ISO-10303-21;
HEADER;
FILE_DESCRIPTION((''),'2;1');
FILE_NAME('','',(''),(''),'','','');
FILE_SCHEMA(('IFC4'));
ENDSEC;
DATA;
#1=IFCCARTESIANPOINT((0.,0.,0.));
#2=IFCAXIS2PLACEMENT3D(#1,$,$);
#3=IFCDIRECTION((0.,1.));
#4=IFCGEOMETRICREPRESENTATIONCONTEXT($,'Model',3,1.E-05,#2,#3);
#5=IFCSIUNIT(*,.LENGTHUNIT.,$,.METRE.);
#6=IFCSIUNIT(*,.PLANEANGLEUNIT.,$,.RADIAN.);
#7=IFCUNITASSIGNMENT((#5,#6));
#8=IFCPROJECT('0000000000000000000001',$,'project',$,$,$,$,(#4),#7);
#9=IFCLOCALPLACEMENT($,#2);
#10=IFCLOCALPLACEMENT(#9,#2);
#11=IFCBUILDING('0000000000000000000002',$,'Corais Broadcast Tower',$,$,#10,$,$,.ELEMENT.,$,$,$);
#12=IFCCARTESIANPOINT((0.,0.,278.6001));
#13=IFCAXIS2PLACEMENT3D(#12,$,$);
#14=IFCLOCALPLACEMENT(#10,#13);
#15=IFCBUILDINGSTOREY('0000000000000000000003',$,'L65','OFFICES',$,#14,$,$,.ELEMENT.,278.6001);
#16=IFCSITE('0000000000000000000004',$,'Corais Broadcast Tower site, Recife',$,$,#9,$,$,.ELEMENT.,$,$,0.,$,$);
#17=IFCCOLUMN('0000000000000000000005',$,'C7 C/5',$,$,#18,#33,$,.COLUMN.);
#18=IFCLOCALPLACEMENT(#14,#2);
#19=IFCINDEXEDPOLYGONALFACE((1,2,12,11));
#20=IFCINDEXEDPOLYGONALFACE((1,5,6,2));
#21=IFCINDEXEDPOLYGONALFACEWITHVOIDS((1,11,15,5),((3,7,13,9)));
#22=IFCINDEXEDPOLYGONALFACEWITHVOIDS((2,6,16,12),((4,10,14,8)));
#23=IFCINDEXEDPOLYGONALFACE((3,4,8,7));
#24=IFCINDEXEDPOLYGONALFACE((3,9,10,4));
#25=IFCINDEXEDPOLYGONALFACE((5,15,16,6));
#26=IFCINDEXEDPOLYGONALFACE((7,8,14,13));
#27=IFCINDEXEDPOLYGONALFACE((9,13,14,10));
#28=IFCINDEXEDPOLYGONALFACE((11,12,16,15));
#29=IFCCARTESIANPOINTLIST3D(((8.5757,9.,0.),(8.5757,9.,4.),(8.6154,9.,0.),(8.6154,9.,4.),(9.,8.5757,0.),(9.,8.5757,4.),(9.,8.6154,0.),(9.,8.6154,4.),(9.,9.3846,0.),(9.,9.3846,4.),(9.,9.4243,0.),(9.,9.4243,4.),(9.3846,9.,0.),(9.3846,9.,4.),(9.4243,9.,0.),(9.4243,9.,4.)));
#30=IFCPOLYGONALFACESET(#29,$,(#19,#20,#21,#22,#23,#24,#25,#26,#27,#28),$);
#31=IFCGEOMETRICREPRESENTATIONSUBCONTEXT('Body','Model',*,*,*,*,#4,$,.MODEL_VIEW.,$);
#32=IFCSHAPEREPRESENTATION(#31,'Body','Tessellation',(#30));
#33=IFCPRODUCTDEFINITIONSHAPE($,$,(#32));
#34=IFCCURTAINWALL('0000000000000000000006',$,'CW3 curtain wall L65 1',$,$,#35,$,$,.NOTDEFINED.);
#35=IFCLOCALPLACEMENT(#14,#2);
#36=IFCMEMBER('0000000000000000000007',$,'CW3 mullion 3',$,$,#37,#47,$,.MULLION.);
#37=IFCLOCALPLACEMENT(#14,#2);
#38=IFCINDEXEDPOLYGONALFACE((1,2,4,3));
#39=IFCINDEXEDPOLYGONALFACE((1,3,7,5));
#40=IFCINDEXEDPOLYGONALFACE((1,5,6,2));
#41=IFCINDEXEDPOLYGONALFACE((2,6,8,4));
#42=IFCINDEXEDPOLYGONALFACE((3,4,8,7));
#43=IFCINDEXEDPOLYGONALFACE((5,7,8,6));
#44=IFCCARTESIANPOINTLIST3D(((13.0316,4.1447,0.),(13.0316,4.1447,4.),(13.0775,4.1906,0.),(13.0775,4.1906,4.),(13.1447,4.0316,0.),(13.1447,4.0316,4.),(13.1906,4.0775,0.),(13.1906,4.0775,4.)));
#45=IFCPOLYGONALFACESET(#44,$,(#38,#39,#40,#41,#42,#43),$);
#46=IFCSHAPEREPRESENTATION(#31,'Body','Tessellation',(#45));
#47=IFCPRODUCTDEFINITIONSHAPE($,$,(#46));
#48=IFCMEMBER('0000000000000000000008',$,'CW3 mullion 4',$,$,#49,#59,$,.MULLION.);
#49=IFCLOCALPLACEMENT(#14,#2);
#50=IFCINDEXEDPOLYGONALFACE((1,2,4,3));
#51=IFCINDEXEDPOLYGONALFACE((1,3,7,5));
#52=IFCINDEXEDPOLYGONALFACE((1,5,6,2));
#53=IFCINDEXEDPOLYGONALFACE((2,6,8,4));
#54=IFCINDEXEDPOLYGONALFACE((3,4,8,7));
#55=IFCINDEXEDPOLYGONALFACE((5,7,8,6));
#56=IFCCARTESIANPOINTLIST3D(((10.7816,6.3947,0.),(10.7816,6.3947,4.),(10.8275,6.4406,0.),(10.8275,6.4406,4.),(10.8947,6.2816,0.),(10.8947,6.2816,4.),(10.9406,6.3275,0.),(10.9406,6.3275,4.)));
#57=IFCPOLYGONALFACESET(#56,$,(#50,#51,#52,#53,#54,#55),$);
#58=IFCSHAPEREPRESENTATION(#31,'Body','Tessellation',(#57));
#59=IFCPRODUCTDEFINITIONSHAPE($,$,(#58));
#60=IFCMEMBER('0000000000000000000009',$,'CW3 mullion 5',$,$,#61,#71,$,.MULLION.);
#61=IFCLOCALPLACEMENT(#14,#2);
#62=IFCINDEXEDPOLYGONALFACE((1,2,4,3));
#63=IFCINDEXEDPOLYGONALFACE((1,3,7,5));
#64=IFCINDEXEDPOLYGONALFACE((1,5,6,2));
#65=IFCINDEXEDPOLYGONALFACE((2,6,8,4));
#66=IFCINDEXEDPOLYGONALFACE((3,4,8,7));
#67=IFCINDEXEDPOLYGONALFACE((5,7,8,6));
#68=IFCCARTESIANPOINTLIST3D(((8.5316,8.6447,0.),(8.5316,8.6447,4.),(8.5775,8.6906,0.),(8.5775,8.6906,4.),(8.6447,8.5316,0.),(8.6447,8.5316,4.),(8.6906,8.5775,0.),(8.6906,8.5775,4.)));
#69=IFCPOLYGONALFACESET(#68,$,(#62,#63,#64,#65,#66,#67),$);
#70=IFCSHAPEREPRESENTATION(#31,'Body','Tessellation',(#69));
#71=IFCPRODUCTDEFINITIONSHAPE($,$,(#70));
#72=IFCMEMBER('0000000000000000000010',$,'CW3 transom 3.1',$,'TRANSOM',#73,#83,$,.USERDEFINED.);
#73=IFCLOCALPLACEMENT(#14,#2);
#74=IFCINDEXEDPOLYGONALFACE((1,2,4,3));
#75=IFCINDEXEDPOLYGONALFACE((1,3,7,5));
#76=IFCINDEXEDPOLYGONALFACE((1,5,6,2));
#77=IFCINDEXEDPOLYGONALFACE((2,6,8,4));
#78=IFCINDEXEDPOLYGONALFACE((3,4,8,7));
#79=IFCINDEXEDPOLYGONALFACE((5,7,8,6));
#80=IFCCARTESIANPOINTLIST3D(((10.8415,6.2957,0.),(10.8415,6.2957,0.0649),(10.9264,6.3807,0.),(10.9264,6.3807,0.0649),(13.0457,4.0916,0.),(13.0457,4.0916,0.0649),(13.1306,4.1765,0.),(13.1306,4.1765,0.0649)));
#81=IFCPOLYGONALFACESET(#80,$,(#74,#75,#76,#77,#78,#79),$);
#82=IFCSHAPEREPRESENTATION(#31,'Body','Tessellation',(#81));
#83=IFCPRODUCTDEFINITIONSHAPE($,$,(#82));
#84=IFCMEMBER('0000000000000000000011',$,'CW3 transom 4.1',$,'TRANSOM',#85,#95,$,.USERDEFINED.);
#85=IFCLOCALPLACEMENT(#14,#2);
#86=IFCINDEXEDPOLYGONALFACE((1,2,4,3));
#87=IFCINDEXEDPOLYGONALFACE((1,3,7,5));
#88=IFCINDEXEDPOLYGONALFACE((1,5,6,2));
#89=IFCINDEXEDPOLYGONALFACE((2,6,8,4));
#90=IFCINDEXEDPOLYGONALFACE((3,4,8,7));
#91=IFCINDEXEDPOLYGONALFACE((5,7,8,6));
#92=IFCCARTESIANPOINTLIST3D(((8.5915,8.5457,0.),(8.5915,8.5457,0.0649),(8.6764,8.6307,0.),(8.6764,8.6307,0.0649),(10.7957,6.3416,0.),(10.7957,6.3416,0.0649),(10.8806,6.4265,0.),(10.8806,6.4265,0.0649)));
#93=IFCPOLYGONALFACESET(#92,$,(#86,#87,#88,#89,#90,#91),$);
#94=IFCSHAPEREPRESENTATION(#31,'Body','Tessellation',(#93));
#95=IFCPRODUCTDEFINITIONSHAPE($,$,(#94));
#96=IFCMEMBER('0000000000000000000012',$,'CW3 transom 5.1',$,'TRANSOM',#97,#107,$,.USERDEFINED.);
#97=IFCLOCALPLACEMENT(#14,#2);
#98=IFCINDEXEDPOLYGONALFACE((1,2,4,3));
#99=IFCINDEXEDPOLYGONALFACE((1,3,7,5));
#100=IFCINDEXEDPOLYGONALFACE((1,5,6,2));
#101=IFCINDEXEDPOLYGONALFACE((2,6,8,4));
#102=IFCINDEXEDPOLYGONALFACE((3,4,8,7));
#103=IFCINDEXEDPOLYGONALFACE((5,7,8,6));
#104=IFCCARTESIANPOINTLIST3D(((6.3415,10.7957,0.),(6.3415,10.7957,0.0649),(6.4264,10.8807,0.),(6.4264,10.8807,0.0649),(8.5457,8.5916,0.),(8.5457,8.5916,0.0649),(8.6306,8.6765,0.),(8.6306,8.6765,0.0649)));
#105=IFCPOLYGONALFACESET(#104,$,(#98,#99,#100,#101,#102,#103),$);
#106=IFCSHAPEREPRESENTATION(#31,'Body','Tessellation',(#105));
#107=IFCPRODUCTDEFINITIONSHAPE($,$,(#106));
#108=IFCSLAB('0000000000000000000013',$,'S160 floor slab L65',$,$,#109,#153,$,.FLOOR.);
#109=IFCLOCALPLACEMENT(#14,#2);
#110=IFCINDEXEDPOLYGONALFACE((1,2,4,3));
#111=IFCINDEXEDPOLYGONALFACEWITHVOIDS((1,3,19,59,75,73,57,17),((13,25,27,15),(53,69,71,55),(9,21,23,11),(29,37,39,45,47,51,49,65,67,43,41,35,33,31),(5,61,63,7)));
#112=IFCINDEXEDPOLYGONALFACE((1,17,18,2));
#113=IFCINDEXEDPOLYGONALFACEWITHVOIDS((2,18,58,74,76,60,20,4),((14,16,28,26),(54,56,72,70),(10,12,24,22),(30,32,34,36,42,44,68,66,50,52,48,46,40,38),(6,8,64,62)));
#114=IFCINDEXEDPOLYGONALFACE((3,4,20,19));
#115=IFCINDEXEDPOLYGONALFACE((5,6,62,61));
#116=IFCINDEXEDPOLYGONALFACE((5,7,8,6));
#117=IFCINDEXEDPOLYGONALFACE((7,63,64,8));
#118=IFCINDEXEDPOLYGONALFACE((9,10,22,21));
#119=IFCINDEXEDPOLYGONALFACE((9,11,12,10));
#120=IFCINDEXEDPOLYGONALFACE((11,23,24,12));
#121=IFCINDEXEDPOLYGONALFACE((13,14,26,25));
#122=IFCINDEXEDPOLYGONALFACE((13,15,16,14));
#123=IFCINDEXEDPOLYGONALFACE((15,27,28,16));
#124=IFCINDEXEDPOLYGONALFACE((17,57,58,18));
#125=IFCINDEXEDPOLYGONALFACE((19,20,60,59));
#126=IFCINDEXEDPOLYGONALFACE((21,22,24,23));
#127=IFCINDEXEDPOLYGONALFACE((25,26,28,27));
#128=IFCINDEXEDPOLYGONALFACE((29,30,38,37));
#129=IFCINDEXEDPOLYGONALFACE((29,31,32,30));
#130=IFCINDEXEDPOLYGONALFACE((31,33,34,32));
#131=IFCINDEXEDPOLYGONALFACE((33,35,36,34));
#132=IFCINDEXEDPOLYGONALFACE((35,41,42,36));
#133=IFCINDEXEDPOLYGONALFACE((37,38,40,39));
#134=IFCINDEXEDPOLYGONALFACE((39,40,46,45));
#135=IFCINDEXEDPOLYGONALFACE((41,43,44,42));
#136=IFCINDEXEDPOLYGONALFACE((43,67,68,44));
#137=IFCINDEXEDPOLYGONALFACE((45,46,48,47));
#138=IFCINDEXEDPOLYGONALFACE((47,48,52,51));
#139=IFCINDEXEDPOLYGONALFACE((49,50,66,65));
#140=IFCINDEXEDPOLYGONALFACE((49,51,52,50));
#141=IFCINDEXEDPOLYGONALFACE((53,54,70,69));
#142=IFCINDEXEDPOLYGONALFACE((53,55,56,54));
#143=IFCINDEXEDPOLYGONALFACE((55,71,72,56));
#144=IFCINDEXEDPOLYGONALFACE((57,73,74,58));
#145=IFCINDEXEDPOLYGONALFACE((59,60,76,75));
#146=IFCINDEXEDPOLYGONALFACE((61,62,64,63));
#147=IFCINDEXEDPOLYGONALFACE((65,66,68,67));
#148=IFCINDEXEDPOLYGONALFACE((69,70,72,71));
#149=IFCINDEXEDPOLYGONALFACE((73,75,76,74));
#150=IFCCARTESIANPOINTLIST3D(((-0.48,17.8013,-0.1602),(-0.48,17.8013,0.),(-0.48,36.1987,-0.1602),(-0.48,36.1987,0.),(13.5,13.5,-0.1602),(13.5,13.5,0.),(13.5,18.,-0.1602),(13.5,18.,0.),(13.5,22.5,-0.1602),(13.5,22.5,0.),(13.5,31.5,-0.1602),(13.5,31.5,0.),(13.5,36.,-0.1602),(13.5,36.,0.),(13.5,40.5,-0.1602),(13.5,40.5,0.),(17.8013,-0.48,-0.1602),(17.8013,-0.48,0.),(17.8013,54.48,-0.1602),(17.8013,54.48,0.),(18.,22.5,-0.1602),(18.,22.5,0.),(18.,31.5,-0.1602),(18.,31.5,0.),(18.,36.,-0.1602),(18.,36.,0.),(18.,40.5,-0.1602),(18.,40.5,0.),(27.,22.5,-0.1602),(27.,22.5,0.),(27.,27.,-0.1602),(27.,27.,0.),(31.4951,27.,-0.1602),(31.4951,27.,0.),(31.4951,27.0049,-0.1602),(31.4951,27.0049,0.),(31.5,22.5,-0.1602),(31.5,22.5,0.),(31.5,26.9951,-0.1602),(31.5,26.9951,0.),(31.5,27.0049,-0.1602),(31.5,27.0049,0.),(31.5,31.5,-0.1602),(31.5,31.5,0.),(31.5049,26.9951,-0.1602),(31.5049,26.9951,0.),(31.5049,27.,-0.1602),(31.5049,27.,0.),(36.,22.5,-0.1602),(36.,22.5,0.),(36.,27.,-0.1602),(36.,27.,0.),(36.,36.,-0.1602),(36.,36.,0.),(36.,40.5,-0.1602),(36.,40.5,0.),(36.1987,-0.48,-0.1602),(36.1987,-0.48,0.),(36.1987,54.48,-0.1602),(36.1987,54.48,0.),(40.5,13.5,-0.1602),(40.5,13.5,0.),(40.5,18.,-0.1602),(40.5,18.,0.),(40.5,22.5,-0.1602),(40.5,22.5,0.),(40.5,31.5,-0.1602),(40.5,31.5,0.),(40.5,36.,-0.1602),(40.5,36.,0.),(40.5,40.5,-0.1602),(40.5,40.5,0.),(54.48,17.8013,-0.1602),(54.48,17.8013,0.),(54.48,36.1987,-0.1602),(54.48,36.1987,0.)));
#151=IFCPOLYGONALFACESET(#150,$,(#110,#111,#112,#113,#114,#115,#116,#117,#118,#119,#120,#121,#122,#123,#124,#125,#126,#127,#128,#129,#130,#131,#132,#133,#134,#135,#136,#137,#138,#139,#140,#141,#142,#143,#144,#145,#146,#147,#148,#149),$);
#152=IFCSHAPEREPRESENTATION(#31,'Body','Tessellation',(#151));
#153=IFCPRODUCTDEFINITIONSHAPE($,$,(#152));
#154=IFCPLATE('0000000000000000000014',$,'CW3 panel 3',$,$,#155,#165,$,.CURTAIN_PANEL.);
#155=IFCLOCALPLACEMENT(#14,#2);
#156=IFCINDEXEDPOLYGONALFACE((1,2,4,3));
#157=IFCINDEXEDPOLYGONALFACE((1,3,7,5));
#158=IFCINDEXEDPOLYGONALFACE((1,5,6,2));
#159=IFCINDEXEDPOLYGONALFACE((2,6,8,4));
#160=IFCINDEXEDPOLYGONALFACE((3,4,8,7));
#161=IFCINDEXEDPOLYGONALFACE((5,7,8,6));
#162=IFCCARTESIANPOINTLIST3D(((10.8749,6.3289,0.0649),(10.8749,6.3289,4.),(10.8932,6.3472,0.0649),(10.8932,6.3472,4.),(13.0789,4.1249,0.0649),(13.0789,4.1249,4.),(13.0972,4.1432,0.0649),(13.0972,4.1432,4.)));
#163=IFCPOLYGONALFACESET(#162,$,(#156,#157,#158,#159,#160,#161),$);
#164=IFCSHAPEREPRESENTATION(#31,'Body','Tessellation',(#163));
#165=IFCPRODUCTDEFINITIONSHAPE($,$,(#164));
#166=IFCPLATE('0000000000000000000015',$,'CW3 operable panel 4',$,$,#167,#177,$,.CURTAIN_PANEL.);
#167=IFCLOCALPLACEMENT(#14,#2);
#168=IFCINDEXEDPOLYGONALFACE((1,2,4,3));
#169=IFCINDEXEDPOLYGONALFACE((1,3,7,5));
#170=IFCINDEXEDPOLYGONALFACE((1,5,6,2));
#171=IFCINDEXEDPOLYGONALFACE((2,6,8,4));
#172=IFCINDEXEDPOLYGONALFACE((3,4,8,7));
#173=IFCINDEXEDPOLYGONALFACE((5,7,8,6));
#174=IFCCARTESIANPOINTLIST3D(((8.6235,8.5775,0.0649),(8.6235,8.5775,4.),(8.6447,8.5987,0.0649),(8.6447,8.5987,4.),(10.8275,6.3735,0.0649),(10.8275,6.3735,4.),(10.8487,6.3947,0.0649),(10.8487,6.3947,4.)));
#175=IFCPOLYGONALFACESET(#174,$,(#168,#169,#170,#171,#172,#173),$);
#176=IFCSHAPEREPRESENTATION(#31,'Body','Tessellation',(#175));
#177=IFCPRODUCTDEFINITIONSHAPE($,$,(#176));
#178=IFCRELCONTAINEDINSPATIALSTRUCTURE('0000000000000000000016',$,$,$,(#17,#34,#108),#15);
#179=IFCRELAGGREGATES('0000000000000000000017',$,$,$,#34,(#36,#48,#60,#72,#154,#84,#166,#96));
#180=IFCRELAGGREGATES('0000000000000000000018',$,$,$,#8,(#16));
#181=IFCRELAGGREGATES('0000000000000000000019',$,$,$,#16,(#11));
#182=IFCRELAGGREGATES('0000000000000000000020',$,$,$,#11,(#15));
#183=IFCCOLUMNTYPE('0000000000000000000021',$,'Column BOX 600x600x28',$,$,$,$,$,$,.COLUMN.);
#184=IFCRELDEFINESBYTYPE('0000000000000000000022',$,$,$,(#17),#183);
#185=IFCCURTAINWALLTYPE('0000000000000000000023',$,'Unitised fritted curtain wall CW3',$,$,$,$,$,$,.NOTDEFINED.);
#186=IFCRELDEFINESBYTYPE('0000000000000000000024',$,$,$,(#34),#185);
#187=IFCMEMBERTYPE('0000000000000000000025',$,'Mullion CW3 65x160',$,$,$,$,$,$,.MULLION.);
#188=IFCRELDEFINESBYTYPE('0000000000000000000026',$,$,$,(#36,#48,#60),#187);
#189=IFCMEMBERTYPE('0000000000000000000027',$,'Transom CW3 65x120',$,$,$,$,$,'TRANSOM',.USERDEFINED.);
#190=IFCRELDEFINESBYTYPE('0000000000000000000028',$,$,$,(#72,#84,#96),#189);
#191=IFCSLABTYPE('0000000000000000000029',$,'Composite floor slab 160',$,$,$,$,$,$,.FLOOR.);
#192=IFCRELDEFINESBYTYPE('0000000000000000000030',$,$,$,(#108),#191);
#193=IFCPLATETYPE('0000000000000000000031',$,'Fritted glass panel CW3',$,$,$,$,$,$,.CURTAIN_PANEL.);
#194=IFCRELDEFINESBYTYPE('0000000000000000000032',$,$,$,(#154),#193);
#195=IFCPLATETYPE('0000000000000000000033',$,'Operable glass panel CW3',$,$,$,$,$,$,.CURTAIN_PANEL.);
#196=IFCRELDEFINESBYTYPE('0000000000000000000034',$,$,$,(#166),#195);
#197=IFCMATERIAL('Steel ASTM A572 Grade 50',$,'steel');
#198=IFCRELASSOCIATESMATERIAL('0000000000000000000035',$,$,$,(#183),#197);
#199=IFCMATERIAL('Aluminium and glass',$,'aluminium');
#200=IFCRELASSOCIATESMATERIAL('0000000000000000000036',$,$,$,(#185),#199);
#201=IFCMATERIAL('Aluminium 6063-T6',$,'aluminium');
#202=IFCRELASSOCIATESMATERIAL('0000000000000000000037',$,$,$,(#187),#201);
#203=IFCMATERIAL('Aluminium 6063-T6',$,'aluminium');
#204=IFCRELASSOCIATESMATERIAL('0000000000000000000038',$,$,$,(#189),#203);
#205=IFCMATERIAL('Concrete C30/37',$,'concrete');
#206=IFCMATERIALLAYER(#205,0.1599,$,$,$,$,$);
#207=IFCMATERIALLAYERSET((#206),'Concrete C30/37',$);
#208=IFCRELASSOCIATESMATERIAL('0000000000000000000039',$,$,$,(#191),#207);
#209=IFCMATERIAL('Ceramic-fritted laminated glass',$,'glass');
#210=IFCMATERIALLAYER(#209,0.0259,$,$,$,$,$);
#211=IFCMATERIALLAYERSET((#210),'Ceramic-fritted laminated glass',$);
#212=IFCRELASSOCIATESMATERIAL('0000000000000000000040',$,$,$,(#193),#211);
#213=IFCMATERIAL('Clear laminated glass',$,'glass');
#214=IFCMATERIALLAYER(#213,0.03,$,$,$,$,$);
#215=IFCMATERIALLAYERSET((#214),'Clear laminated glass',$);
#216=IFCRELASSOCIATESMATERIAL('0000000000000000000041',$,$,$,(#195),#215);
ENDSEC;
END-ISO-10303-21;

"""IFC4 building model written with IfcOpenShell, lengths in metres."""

from ifc_helpers import new_model, si_unit, direction, frame, origin, origin_2d, place, context, subcontext, project, spatial, polyline, rectangle, hollow_rectangle, outline, extrude, material, layer, layer_set, material_profile, profile_set, type_object, element, aggregate, save


model = new_model("IFC4")

# Units and contexts
model_context = context("Model", 3, precision=1e-05, world=origin(), true_north=direction((0.0, 1.0)))
body_context = subcontext(model_context, "Body", "Model", "MODEL_VIEW")
ifc_project = project(units=[si_unit("LENGTHUNIT", "METRE"), si_unit("PLANEANGLEUNIT", "RADIAN")], contexts=[model_context])

# Site, building, storey
site_placement = place(None, origin())
site = spatial("IfcSite", under=ifc_project, at=site_placement, Name="Corais Broadcast Tower site, Recife", CompositionType="ELEMENT", RefElevation=0.0)
building_placement = place(site_placement, origin())
building = spatial("IfcBuilding", under=site, at=building_placement, Name="Corais Broadcast Tower", CompositionType="ELEMENT")
storey_placement = place(building_placement, frame((0.0, 0.0, 278.6001)))
storey = spatial("IfcBuildingStorey", under=building, at=storey_placement, Name="L65", Description="OFFICES", CompositionType="ELEMENT", Elevation=278.6001)

# Column
ifc_material_1 = material(Name="Steel ASTM A572 Grade 50", Category="steel")
ifc_material_profile_1 = material_profile(ifc_material_1, hollow_rectangle(XDim=0.6001, YDim=0.6001, WallThickness=0.0281, at=origin_2d()), Name="BOX 600x600x28")
ifc_profile_set_1 = profile_set([ifc_material_profile_1], Name="Steel ASTM A572 Grade 50")
column_type = type_object("IfcColumnType", Name="Column BOX 600x600x28", PredefinedType="COLUMN", material=ifc_profile_set_1)
column_placement = place(storey_placement, frame((9.0, 9.0, 0.0), z_axis=(0.0, 0.0, 1.0), x_axis=(0.707107, 0.707107, 0.0)))
element("IfcColumn", 1, at=column_placement, inside=storey, type_object=column_type, Name="C7 C/5", PredefinedType="COLUMN", context=body_context, shape_type="SweptSolid", body=[
    extrude(hollow_rectangle(XDim=0.6001, YDim=0.6001, WallThickness=0.0281, at=origin_2d()), origin(), (0.0, 0.0, 1.0), 4.0),
])

# Curtain wall, members
ifc_material_2 = material(Name="Aluminium and glass", Category="aluminium")
curtain_wall_type = type_object("IfcCurtainWallType", Name="Unitised fritted curtain wall CW3", PredefinedType="NOTDEFINED", material=ifc_material_2)
curtain_wall_placement = place(storey_placement, origin())
curtain_wall = element("IfcCurtainWall", 2, at=curtain_wall_placement, inside=storey, type_object=curtain_wall_type, Name="CW3 curtain wall L65 1", PredefinedType="NOTDEFINED")
ifc_material_3 = material(Name="Aluminium 6063-T6", Category="aluminium")
ifc_material_profile_2 = material_profile(ifc_material_3, rectangle(XDim=0.0649, YDim=0.1599, at=origin_2d()), Name="Mullion CW3 65x160")
ifc_profile_set_2 = profile_set([ifc_material_profile_2], Name="Aluminium 6063-T6")
member_type_1 = type_object("IfcMemberType", Name="Mullion CW3 65x160", PredefinedType="MULLION", material=ifc_profile_set_2)
member_1_placement = place(storey_placement, frame((13.1111, 4.1111, 0.0), z_axis=(0.0, 0.0, 1.0), x_axis=(-0.707107, -0.707107, 0.0)))
member_1 = element("IfcMember", 3, at=member_1_placement, type_object=member_type_1, Name="CW3 mullion 3", PredefinedType="MULLION", context=body_context, shape_type="SweptSolid", body=[
    extrude(rectangle(XDim=0.0649, YDim=0.1599, at=origin_2d()), origin(), (0.0, 0.0, 1.0), 4.0),
])
member_2_placement = place(storey_placement, frame((10.8611, 6.3611, 0.0), z_axis=(0.0, 0.0, 1.0), x_axis=(-0.707107, -0.707107, 0.0)))
member_2 = element("IfcMember", 4, at=member_2_placement, type_object=member_type_1, Name="CW3 mullion 4", PredefinedType="MULLION", context=body_context, shape_type="SweptSolid", body=[
    extrude(rectangle(XDim=0.0649, YDim=0.1599, at=origin_2d()), origin(), (0.0, 0.0, 1.0), 4.0),
])
member_3_placement = place(storey_placement, frame((8.6111, 8.6111, 0.0), z_axis=(0.0, 0.0, 1.0), x_axis=(-0.707107, -0.707107, 0.0)))
member_3 = element("IfcMember", 5, at=member_3_placement, type_object=member_type_1, Name="CW3 mullion 5", PredefinedType="MULLION", context=body_context, shape_type="SweptSolid", body=[
    extrude(rectangle(XDim=0.0649, YDim=0.1599, at=origin_2d()), origin(), (0.0, 0.0, 1.0), 4.0),
])
ifc_material_4 = material(Name="Aluminium 6063-T6", Category="aluminium")
ifc_material_profile_3 = material_profile(ifc_material_4, rectangle(XDim=0.1201, YDim=0.0649, at=origin_2d()), Name="Transom CW3 65x120")
ifc_profile_set_3 = profile_set([ifc_material_profile_3], Name="Aluminium 6063-T6")
member_type_2 = type_object("IfcMemberType", Name="Transom CW3 65x120", ElementType="TRANSOM", PredefinedType="USERDEFINED", material=ifc_profile_set_3)
member_4_placement = place(storey_placement, frame((13.0881, 4.134, 0.0325), z_axis=(-0.707107, 0.707107, 0.0), x_axis=(-0.707107, -0.707107, 0.0)))
member_4 = element("IfcMember", 6, at=member_4_placement, type_object=member_type_2, Name="CW3 transom 3.1", ObjectType="TRANSOM", PredefinedType="USERDEFINED", context=body_context, shape_type="SweptSolid", body=[
    extrude(rectangle(XDim=0.1201, YDim=0.0649, at=origin_2d()), origin(), (0.0, 0.0, 1.0), 3.1172),
])
member_5_placement = place(storey_placement, frame((10.8381, 6.384, 0.0325), z_axis=(-0.707107, 0.707107, 0.0), x_axis=(-0.707107, -0.707107, 0.0)))
member_5 = element("IfcMember", 7, at=member_5_placement, type_object=member_type_2, Name="CW3 transom 4.1", ObjectType="TRANSOM", PredefinedType="USERDEFINED", context=body_context, shape_type="SweptSolid", body=[
    extrude(rectangle(XDim=0.1201, YDim=0.0649, at=origin_2d()), origin(), (0.0, 0.0, 1.0), 3.1172),
])
member_6_placement = place(storey_placement, frame((8.5881, 8.634, 0.0325), z_axis=(-0.707107, 0.707107, 0.0), x_axis=(-0.707107, -0.707107, 0.0)))
member_6 = element("IfcMember", 8, at=member_6_placement, type_object=member_type_2, Name="CW3 transom 5.1", ObjectType="TRANSOM", PredefinedType="USERDEFINED", context=body_context, shape_type="SweptSolid", body=[
    extrude(rectangle(XDim=0.1201, YDim=0.0649, at=origin_2d()), origin(), (0.0, 0.0, 1.0), 3.1172),
])

# Slab
ifc_material_5 = material(Name="Concrete C30/37", Category="concrete")
ifc_layer_1 = layer(ifc_material_5, 0.1599)
ifc_layer_set_1 = layer_set([ifc_layer_1], Name="Concrete C30/37")
slab_type_1 = type_object("IfcSlabType", Name="Composite floor slab 160", PredefinedType="FLOOR", material=ifc_layer_set_1)
slab_1_placement = place(storey_placement, frame((0.0, 0.0, -0.1602)))
element("IfcSlab", 9, at=slab_1_placement, inside=storey, type_object=slab_type_1, Name="S160 floor slab L65", PredefinedType="FLOOR", context=body_context, shape_type="SweptSolid", body=[
    extrude(outline(polyline([(17.8013, -0.48), (-0.48, 17.8013), (-0.48, 36.1987), (17.8013, 54.48), (36.1987, 54.48), (54.48, 36.1987), (54.48, 17.8013), (36.1987, -0.48), (17.8013, -0.48)]), holes=[polyline([(13.5, 18.0), (40.5, 18.0), (40.5, 13.5), (13.5, 13.5), (13.5, 18.0)]), polyline([(18.0, 22.5), (13.5, 22.5), (13.5, 31.5), (18.0, 31.5), (18.0, 22.5)]), polyline([(18.0, 36.0), (13.5, 36.0), (13.5, 40.5), (18.0, 40.5), (18.0, 36.0)]), polyline([(31.5, 22.5), (27.0, 22.5), (27.0, 27.0), (31.4951, 27.0), (31.4951, 27.0049), (31.5, 27.0049), (31.5, 31.5), (40.5, 31.5), (40.5, 22.5), (36.0, 22.5), (36.0, 27.0), (31.5049, 27.0), (31.5049, 26.9951), (31.5, 26.9951), (31.5, 22.5)]), polyline([(40.5, 36.0), (36.0, 36.0), (36.0, 40.5), (40.5, 40.5), (40.5, 36.0)])]), origin(), (0.0, 0.0, 1.0), 0.1602),
])

# Plates
ifc_material_6 = material(Name="Ceramic-fritted laminated glass", Category="glass")
ifc_layer_2 = layer(ifc_material_6, 0.0259)
ifc_layer_set_2 = layer_set([ifc_layer_2], Name="Ceramic-fritted laminated glass")
plate_type_1 = type_object("IfcPlateType", Name="Fritted glass panel CW3", PredefinedType="CURTAIN_PANEL", material=ifc_layer_set_2)
plate_1_placement = place(storey_placement, frame((11.9861, 5.2361, 0.0649), z_axis=(0.0, 0.0, 1.0), x_axis=(-0.707107, 0.707107, 0.0)))
plate_1 = element("IfcPlate", 10, at=plate_1_placement, type_object=plate_type_1, Name="CW3 panel 3", PredefinedType="CURTAIN_PANEL", context=body_context, shape_type="SweptSolid", body=[
    extrude(rectangle(XDim=3.1169, YDim=0.0259, at=origin_2d()), origin(), (0.0, 0.0, 1.0), 3.9351),
])
ifc_material_7 = material(Name="Clear laminated glass", Category="glass")
ifc_layer_3 = layer(ifc_material_7, 0.03)
ifc_layer_set_3 = layer_set([ifc_layer_3], Name="Clear laminated glass")
plate_type_2 = type_object("IfcPlateType", Name="Operable glass panel CW3", PredefinedType="CURTAIN_PANEL", material=ifc_layer_set_3)
plate_2_placement = place(storey_placement, frame((9.7361, 7.4861, 0.0649), z_axis=(0.0, 0.0, 1.0), x_axis=(-0.707107, 0.707107, 0.0)))
plate_2 = element("IfcPlate", 11, at=plate_2_placement, type_object=plate_type_2, Name="CW3 operable panel 4", PredefinedType="CURTAIN_PANEL", context=body_context, shape_type="SweptSolid", body=[
    extrude(rectangle(XDim=3.1169, YDim=0.03, at=origin_2d()), origin(), (0.0, 0.0, 1.0), 3.9351),
])
aggregate(curtain_wall, [member_1, member_2, member_3, member_4, plate_1, member_5, plate_2, member_6])

save(model, "model.ifc")
